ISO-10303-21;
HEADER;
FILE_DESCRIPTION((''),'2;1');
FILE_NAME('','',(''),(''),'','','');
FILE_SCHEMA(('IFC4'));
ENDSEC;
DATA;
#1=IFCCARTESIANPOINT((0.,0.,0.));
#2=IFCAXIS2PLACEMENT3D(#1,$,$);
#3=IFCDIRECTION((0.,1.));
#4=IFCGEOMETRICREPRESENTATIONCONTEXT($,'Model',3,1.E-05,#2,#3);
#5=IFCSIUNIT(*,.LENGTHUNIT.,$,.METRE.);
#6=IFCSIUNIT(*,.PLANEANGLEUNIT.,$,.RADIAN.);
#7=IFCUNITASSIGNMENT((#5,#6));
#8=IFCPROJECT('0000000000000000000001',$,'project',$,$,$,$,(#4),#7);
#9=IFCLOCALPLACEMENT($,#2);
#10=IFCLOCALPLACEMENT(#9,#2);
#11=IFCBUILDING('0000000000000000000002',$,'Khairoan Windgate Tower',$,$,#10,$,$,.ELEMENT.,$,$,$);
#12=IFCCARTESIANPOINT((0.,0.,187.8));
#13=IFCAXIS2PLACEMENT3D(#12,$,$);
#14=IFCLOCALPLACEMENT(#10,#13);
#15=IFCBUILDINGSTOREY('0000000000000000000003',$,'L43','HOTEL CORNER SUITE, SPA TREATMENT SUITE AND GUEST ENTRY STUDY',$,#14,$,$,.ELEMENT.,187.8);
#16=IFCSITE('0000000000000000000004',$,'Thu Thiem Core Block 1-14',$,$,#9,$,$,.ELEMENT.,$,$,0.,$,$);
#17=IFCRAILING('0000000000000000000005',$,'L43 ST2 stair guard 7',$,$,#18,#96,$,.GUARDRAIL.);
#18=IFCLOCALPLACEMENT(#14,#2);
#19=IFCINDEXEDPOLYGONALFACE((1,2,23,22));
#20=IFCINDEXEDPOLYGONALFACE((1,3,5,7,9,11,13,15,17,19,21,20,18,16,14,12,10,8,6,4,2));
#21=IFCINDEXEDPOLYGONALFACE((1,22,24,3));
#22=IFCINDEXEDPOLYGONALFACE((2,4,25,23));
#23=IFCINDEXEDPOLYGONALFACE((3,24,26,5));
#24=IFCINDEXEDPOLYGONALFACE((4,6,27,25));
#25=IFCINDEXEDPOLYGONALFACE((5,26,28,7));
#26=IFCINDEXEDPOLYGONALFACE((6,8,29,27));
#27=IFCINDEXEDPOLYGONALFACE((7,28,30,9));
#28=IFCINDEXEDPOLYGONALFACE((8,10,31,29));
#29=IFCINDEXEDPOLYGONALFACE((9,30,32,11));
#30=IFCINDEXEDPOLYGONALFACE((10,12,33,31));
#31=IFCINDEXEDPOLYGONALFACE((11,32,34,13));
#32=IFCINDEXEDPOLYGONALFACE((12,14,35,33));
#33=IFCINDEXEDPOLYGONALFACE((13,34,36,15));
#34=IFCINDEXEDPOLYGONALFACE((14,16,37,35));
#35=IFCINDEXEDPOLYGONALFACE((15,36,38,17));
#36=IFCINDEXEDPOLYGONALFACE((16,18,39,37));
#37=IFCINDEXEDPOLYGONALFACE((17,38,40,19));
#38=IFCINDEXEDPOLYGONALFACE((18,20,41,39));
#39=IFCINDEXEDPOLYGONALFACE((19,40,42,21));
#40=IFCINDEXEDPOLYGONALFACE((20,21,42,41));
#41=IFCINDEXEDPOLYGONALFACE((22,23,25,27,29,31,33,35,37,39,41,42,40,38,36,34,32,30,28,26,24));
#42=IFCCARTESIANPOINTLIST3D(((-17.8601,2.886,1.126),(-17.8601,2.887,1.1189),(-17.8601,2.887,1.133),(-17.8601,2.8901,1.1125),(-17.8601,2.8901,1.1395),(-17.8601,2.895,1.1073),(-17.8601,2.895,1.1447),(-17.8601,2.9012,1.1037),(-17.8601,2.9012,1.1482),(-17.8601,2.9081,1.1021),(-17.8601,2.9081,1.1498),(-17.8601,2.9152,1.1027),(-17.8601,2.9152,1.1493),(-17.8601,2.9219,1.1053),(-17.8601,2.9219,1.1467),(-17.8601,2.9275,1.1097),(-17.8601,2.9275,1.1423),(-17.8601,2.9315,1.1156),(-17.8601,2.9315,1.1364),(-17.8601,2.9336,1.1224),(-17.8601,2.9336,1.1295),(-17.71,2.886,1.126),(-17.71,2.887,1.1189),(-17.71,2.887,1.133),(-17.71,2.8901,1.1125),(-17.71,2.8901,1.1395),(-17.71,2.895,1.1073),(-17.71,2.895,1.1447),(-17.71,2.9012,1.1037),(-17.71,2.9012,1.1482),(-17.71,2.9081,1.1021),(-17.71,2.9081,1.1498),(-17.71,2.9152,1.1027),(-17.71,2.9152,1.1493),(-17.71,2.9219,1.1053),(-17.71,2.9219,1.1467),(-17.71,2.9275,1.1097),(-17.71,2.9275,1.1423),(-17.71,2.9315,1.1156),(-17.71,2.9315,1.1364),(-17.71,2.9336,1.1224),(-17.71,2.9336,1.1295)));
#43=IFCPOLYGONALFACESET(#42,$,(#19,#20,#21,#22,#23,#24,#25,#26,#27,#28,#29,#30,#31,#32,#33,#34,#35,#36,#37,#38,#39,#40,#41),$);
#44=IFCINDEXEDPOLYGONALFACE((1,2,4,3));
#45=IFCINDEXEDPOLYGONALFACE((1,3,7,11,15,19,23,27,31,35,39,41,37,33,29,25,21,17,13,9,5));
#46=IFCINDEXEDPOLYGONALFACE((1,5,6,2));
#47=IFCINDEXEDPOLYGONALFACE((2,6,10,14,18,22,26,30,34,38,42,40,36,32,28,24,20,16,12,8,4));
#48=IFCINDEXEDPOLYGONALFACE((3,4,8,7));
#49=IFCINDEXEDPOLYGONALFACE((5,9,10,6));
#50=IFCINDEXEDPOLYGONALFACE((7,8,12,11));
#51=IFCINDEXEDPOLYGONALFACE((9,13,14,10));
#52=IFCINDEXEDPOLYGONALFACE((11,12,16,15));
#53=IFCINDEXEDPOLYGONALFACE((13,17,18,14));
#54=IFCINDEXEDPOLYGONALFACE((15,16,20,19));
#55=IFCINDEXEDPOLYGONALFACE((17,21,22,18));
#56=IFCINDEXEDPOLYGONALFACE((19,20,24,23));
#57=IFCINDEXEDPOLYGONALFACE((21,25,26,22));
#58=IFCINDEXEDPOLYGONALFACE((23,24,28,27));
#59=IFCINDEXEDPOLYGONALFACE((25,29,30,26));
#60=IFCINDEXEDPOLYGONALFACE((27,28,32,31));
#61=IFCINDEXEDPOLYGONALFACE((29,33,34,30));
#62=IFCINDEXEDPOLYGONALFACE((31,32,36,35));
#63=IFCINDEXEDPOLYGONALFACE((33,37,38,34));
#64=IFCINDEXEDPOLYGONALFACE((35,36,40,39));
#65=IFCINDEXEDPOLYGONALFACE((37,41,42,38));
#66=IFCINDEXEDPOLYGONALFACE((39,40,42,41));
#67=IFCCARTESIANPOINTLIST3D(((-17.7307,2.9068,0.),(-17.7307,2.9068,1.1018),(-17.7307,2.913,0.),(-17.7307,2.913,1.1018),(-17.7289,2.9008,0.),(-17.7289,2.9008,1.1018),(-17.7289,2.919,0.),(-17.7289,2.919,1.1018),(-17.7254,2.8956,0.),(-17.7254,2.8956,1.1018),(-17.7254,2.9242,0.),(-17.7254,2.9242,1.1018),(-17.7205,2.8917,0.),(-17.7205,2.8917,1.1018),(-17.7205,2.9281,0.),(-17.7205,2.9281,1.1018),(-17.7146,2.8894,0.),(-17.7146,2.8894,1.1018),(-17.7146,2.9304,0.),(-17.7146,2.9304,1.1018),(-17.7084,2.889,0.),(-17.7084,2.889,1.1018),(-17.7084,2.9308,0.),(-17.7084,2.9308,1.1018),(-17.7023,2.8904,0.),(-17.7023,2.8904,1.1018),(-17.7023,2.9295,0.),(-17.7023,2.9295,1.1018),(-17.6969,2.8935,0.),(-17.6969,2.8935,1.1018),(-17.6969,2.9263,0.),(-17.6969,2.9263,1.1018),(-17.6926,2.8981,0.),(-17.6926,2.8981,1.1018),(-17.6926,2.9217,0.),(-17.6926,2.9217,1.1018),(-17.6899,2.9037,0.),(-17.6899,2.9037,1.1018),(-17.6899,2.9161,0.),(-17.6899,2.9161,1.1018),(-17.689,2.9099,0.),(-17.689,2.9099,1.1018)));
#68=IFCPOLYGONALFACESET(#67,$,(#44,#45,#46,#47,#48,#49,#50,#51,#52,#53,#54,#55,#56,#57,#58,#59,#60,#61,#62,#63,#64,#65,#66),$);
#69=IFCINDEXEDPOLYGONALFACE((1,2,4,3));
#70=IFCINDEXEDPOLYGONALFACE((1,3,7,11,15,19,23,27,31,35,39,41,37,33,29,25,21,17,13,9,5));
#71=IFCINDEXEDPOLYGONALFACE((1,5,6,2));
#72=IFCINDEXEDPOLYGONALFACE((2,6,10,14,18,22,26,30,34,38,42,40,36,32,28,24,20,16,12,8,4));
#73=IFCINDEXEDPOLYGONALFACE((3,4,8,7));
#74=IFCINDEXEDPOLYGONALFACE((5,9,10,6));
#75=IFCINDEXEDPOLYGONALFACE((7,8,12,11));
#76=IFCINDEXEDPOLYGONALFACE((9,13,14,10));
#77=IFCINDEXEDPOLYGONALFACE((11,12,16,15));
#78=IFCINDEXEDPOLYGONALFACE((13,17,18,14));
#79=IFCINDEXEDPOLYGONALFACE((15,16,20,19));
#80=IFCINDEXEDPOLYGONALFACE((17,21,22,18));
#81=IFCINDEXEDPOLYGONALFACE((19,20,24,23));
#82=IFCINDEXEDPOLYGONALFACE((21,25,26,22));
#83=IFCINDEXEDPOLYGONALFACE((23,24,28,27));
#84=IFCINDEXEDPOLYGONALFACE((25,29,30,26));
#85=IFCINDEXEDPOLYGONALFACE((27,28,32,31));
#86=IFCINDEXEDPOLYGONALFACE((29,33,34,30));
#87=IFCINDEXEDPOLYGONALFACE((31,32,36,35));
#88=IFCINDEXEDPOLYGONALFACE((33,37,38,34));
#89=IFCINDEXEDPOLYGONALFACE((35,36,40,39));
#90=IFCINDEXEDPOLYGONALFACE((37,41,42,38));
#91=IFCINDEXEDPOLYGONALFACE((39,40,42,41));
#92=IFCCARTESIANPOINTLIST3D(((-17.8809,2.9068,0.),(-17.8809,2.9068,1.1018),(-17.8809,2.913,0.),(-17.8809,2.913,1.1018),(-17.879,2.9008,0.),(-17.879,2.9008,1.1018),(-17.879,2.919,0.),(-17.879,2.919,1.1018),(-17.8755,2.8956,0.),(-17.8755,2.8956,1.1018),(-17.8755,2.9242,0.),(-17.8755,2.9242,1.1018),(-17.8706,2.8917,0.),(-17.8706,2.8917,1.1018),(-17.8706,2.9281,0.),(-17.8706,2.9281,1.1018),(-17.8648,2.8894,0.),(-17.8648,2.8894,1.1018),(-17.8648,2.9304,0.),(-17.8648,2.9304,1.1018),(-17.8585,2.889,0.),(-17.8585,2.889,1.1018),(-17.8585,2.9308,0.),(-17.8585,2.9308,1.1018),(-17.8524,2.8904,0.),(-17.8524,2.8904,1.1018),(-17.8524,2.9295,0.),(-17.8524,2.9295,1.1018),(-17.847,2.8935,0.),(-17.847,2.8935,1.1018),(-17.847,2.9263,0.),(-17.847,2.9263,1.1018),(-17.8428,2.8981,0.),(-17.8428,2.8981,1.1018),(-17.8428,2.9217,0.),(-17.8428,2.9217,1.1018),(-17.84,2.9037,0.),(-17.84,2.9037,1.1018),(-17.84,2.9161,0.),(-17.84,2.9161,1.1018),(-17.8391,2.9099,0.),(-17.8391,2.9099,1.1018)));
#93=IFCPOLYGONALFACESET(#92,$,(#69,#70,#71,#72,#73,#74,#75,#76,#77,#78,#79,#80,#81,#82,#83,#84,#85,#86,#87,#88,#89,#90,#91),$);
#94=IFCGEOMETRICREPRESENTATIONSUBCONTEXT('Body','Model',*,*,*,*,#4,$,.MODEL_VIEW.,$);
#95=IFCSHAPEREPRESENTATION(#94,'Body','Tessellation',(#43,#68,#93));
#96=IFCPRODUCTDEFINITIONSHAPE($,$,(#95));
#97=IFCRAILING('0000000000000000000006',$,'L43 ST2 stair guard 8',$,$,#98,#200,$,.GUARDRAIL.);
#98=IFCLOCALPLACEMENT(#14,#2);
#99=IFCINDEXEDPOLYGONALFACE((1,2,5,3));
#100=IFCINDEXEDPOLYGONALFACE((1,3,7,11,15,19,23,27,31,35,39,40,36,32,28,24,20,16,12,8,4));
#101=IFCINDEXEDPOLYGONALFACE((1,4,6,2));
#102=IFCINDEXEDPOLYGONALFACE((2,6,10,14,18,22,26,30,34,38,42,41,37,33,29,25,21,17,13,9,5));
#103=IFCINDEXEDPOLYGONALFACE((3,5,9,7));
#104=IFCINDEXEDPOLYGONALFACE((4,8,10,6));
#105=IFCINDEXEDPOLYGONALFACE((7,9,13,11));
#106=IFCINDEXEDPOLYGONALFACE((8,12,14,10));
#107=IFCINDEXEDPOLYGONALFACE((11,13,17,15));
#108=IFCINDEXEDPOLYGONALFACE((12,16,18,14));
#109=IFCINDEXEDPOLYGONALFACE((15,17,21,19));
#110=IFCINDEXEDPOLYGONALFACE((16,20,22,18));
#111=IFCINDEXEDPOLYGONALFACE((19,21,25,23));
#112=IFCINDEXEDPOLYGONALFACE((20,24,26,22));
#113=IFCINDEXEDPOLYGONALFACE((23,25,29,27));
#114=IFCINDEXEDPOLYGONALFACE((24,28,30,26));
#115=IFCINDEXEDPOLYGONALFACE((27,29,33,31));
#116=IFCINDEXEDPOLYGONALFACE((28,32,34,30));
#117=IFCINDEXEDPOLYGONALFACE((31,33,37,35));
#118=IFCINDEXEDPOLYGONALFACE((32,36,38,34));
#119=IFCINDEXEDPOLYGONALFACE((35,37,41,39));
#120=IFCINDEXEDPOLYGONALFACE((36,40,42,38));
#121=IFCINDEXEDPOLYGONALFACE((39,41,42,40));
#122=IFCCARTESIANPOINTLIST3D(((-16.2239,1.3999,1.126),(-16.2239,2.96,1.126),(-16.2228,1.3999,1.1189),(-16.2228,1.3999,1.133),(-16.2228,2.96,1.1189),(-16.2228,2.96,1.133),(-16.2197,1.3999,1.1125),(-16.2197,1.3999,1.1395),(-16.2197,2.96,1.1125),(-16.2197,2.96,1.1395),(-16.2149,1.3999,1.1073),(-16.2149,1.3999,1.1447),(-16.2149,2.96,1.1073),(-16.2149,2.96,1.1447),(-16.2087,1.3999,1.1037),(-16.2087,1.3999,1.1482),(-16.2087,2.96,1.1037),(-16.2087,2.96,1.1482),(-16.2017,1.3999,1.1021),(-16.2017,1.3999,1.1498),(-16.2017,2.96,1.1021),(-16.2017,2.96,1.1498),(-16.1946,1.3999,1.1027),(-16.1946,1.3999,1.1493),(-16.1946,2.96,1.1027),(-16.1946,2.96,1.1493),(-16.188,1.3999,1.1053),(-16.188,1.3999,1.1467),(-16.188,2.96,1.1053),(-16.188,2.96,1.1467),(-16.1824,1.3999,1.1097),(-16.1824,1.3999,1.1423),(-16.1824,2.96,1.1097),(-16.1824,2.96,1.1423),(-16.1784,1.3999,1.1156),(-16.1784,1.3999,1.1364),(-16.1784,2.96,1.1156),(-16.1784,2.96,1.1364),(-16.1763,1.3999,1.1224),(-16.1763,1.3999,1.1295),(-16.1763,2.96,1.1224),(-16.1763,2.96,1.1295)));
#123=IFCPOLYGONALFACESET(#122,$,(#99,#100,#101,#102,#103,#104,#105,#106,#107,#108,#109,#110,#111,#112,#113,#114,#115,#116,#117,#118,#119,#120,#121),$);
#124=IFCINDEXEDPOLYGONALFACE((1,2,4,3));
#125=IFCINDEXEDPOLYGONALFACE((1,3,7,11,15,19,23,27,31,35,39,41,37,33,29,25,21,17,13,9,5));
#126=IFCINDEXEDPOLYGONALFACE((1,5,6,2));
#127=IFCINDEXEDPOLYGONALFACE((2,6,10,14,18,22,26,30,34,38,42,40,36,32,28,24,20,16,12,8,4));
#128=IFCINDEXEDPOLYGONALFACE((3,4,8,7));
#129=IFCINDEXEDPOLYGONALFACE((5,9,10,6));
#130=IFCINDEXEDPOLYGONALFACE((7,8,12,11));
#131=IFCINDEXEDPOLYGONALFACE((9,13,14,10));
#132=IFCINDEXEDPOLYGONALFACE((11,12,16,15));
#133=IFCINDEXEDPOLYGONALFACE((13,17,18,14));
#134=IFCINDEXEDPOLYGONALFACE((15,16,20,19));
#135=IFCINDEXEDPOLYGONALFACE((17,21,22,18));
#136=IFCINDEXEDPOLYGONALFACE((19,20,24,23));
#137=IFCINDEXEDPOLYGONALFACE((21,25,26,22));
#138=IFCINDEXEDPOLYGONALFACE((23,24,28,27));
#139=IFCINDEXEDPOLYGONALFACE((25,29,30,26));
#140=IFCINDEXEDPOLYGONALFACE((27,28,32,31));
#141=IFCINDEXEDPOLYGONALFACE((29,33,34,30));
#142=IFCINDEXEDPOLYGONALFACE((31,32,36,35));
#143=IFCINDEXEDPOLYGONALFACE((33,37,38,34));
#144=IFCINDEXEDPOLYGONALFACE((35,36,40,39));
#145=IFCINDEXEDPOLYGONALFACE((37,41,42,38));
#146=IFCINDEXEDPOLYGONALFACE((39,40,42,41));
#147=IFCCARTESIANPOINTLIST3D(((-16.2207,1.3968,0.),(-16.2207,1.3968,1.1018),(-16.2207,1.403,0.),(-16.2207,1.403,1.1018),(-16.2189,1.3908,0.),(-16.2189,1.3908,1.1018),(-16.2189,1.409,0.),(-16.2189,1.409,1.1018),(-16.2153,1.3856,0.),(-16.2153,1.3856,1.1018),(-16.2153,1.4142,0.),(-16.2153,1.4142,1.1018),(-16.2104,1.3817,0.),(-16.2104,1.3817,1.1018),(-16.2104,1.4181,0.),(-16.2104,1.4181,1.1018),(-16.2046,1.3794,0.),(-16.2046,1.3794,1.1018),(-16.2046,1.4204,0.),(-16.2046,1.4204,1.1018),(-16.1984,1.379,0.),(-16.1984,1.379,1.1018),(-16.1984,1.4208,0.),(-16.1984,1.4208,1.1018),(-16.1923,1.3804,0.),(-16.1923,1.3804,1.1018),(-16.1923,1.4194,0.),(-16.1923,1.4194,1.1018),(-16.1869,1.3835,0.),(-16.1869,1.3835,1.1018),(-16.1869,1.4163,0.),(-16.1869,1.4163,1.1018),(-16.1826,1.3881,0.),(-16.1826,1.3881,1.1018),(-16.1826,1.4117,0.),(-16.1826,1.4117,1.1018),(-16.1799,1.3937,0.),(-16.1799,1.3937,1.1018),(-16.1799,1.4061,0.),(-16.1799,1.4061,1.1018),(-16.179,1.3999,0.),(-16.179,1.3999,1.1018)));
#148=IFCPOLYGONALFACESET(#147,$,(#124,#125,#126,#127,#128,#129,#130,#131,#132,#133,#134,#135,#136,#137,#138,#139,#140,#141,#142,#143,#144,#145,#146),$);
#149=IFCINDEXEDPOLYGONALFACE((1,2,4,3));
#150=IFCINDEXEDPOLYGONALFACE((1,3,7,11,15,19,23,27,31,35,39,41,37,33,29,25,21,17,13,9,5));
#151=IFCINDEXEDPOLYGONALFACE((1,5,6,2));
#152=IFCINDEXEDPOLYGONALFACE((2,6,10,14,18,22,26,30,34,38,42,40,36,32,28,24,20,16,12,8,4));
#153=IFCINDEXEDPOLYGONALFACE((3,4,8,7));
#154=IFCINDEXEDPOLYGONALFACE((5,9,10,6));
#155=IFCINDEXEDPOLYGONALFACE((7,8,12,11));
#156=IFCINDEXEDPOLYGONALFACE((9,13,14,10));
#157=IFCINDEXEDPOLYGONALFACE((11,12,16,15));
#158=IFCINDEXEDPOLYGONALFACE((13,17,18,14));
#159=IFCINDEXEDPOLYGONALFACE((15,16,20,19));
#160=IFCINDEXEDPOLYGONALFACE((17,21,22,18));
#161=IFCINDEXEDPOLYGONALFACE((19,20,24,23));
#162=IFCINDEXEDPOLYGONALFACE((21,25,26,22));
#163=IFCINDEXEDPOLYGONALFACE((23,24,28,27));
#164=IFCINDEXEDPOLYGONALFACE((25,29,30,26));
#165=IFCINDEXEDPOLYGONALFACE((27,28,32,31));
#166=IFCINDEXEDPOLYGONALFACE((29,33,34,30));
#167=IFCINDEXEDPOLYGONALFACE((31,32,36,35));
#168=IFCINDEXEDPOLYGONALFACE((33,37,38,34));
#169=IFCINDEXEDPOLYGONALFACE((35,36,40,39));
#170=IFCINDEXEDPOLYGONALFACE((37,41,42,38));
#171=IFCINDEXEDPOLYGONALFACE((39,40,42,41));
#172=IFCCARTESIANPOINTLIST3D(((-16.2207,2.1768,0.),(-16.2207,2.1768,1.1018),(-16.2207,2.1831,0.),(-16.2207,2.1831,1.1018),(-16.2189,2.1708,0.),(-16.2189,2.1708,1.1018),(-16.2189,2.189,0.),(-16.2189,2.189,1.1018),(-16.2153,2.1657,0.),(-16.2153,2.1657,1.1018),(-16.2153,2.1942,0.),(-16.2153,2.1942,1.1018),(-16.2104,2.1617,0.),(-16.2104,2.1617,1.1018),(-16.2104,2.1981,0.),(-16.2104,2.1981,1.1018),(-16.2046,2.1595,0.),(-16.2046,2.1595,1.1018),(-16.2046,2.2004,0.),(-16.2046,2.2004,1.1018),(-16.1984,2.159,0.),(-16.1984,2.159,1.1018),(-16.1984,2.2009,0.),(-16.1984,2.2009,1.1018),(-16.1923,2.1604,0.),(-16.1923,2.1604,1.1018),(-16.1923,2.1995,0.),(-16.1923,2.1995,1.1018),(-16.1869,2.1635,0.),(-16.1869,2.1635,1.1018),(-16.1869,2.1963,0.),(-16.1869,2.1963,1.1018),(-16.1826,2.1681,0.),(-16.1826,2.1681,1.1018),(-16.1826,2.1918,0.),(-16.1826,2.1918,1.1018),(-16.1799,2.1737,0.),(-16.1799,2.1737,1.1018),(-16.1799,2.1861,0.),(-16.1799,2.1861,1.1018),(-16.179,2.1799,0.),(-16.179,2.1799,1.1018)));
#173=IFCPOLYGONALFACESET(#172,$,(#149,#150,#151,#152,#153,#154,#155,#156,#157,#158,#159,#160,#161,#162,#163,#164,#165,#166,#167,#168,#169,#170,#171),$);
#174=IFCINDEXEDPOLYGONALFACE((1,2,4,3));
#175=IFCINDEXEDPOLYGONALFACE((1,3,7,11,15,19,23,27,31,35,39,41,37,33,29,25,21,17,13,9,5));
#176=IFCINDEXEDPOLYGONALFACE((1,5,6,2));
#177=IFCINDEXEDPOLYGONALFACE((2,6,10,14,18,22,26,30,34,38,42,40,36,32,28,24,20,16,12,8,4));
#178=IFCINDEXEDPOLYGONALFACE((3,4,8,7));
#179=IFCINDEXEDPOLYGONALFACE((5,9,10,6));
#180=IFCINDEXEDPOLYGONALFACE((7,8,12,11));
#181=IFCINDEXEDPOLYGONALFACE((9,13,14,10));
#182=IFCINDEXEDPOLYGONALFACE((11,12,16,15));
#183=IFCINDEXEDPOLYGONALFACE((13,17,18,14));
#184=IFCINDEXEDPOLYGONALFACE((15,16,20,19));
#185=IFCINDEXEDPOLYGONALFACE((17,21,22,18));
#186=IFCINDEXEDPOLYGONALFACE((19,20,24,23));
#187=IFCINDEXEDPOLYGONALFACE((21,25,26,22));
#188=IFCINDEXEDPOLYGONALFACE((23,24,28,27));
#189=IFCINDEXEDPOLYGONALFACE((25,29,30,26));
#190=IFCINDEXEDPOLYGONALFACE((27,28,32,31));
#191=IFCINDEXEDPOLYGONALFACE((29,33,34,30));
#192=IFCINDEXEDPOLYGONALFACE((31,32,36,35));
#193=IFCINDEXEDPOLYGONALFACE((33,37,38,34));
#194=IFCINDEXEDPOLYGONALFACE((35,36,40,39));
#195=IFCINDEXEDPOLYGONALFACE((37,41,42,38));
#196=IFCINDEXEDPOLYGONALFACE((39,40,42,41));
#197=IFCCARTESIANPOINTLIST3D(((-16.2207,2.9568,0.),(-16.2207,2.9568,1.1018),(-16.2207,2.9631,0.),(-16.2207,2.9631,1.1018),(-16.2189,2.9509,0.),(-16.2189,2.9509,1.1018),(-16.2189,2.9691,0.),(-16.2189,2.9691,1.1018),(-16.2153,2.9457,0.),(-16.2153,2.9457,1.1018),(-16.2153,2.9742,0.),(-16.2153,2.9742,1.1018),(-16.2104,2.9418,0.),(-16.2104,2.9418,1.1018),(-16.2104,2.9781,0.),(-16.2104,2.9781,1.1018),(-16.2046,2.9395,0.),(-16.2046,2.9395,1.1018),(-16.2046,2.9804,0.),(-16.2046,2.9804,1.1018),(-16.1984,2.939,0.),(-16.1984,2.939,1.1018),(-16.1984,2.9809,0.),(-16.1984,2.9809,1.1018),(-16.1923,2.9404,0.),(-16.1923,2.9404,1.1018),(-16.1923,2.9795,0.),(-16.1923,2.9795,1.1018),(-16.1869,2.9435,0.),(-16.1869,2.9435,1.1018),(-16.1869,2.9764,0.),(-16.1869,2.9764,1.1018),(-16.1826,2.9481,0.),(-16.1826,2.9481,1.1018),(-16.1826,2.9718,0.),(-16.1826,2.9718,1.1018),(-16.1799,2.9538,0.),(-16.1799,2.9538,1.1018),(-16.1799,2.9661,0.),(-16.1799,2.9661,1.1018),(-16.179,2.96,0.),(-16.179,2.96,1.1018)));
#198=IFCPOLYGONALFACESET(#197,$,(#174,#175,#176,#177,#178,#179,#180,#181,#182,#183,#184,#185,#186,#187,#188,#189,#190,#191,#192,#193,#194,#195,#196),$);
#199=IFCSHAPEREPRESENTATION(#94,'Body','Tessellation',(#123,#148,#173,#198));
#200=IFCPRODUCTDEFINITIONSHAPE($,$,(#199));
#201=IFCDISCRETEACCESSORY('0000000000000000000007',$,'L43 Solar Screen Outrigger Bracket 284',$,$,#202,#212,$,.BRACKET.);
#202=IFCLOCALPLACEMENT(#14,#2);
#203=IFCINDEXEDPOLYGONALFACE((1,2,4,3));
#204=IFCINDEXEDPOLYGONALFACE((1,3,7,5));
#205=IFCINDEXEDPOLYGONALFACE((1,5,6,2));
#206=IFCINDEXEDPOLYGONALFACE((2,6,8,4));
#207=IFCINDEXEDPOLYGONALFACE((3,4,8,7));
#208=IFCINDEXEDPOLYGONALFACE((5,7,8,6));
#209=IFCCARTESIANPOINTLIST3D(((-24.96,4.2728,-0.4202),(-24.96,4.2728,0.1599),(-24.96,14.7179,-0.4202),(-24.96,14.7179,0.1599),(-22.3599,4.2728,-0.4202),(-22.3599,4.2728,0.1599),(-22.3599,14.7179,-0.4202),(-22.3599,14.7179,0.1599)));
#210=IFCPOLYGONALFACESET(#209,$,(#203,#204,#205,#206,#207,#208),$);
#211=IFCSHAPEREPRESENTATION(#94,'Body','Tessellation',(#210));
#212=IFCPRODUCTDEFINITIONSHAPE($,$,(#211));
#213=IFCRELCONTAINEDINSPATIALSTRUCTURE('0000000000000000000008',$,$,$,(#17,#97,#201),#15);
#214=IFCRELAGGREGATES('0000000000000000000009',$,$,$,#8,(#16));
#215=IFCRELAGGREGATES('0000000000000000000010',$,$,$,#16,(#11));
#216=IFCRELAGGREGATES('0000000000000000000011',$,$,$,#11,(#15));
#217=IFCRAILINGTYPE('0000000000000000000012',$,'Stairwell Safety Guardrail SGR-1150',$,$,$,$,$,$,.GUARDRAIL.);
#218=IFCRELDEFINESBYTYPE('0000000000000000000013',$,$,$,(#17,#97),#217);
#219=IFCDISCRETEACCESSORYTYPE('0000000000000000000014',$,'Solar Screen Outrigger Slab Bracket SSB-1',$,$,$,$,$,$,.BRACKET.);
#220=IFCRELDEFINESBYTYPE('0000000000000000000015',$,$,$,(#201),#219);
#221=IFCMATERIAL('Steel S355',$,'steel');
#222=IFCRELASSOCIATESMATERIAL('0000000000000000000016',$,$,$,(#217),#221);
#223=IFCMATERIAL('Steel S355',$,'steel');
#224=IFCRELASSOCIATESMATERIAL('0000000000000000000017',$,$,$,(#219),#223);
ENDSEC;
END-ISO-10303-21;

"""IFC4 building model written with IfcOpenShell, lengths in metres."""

from ifc_helpers import new_model, si_unit, direction, frame, origin, origin_2d, place, context, subcontext, project, spatial, rectangle, circle, extrude, material, type_object, element, save


model = new_model("IFC4")

# Units and contexts
model_context = context("Model", 3, precision=1e-05, world=origin(), true_north=direction((0.0, 1.0)))
body_context = subcontext(model_context, "Body", "Model", "MODEL_VIEW")
ifc_project = project(units=[si_unit("LENGTHUNIT", "METRE"), si_unit("PLANEANGLEUNIT", "RADIAN")], contexts=[model_context])

# Site, building, storey
site_placement = place(None, origin())
site = spatial("IfcSite", under=ifc_project, at=site_placement, Name="Thu Thiem Core Block 1-14", CompositionType="ELEMENT", RefElevation=0.0)
building_placement = place(site_placement, origin())
building = spatial("IfcBuilding", under=site, at=building_placement, Name="Khairoan Windgate Tower", CompositionType="ELEMENT")
storey_placement = place(building_placement, frame((0.0, 0.0, 187.8)))
storey = spatial("IfcBuildingStorey", under=building, at=storey_placement, Name="L43", Description="HOTEL CORNER SUITE, SPA TREATMENT SUITE AND GUEST ENTRY STUDY", CompositionType="ELEMENT", Elevation=187.8)

# Railings
ifc_material_1 = material(Name="Steel S355", Category="steel")
railing_type_1 = type_object("IfcRailingType", Name="Stairwell Safety Guardrail SGR-1150", PredefinedType="GUARDRAIL", material=ifc_material_1)
railing_1_placement = place(storey_placement, frame((-17.71, 2.9099, 0.0)))
element("IfcRailing", 1, at=railing_1_placement, inside=storey, type_object=railing_type_1, Name="L43 ST2 stair guard 7", PredefinedType="GUARDRAIL", context=body_context, shape_type="SweptSolid", body=[
    extrude(circle(Radius=0.0239, at=origin_2d()), frame((0.0, 0.0, 1.126), z_axis=(-1.0, 0.0, 0.0), x_axis=(0.0, -1.0, 0.0)), (0.0, 0.0, 1.0), 0.1501),
    extrude(circle(Radius=0.021, at=origin_2d()), origin(), (0.0, 0.0, 1.0), 1.1018),
    extrude(circle(Radius=0.021, at=origin_2d()), frame((-0.1501, 0.0, 0.0)), (0.0, 0.0, 1.0), 1.1018),
])
railing_2_placement = place(storey_placement, frame((-16.2, 1.3999, 0.0)))
element("IfcRailing", 2, at=railing_2_placement, inside=storey, type_object=railing_type_1, Name="L43 ST2 stair guard 8", PredefinedType="GUARDRAIL", context=body_context, shape_type="SweptSolid", body=[
    extrude(circle(Radius=0.0239, at=origin_2d()), frame((0.0, 0.0, 1.126), z_axis=(0.0, 1.0, 0.0), x_axis=(-1.0, 0.0, 0.0)), (0.0, 0.0, 1.0), 1.5601),
    extrude(circle(Radius=0.021, at=origin_2d()), origin(), (0.0, 0.0, 1.0), 1.1018),
    extrude(circle(Radius=0.021, at=origin_2d()), frame((0.0, 0.78, 0.0)), (0.0, 0.0, 1.0), 1.1018),
    extrude(circle(Radius=0.021, at=origin_2d()), frame((0.0, 1.5601, 0.0)), (0.0, 0.0, 1.0), 1.1018),
])

# Discrete accessory
ifc_material_2 = material(Name="Steel S355", Category="steel")
discrete_accessory_type = type_object("IfcDiscreteAccessoryType", Name="Solar Screen Outrigger Slab Bracket SSB-1", PredefinedType="BRACKET", material=ifc_material_2)
discrete_accessory_placement = place(storey_placement, frame((-23.6599, 9.4954, -0.4202), z_axis=(0.0, 0.0, 1.0), x_axis=(0.0, 1.0, 0.0)))
element("IfcDiscreteAccessory", 3, at=discrete_accessory_placement, inside=storey, type_object=discrete_accessory_type, Name="L43 Solar Screen Outrigger Bracket 284", PredefinedType="BRACKET", context=body_context, shape_type="SweptSolid", body=[
    extrude(rectangle(XDim=10.4451, YDim=2.6001, at=origin_2d()), origin(), (0.0, 0.0, 1.0), 0.5801),
])

save(model, "model.ifc")
